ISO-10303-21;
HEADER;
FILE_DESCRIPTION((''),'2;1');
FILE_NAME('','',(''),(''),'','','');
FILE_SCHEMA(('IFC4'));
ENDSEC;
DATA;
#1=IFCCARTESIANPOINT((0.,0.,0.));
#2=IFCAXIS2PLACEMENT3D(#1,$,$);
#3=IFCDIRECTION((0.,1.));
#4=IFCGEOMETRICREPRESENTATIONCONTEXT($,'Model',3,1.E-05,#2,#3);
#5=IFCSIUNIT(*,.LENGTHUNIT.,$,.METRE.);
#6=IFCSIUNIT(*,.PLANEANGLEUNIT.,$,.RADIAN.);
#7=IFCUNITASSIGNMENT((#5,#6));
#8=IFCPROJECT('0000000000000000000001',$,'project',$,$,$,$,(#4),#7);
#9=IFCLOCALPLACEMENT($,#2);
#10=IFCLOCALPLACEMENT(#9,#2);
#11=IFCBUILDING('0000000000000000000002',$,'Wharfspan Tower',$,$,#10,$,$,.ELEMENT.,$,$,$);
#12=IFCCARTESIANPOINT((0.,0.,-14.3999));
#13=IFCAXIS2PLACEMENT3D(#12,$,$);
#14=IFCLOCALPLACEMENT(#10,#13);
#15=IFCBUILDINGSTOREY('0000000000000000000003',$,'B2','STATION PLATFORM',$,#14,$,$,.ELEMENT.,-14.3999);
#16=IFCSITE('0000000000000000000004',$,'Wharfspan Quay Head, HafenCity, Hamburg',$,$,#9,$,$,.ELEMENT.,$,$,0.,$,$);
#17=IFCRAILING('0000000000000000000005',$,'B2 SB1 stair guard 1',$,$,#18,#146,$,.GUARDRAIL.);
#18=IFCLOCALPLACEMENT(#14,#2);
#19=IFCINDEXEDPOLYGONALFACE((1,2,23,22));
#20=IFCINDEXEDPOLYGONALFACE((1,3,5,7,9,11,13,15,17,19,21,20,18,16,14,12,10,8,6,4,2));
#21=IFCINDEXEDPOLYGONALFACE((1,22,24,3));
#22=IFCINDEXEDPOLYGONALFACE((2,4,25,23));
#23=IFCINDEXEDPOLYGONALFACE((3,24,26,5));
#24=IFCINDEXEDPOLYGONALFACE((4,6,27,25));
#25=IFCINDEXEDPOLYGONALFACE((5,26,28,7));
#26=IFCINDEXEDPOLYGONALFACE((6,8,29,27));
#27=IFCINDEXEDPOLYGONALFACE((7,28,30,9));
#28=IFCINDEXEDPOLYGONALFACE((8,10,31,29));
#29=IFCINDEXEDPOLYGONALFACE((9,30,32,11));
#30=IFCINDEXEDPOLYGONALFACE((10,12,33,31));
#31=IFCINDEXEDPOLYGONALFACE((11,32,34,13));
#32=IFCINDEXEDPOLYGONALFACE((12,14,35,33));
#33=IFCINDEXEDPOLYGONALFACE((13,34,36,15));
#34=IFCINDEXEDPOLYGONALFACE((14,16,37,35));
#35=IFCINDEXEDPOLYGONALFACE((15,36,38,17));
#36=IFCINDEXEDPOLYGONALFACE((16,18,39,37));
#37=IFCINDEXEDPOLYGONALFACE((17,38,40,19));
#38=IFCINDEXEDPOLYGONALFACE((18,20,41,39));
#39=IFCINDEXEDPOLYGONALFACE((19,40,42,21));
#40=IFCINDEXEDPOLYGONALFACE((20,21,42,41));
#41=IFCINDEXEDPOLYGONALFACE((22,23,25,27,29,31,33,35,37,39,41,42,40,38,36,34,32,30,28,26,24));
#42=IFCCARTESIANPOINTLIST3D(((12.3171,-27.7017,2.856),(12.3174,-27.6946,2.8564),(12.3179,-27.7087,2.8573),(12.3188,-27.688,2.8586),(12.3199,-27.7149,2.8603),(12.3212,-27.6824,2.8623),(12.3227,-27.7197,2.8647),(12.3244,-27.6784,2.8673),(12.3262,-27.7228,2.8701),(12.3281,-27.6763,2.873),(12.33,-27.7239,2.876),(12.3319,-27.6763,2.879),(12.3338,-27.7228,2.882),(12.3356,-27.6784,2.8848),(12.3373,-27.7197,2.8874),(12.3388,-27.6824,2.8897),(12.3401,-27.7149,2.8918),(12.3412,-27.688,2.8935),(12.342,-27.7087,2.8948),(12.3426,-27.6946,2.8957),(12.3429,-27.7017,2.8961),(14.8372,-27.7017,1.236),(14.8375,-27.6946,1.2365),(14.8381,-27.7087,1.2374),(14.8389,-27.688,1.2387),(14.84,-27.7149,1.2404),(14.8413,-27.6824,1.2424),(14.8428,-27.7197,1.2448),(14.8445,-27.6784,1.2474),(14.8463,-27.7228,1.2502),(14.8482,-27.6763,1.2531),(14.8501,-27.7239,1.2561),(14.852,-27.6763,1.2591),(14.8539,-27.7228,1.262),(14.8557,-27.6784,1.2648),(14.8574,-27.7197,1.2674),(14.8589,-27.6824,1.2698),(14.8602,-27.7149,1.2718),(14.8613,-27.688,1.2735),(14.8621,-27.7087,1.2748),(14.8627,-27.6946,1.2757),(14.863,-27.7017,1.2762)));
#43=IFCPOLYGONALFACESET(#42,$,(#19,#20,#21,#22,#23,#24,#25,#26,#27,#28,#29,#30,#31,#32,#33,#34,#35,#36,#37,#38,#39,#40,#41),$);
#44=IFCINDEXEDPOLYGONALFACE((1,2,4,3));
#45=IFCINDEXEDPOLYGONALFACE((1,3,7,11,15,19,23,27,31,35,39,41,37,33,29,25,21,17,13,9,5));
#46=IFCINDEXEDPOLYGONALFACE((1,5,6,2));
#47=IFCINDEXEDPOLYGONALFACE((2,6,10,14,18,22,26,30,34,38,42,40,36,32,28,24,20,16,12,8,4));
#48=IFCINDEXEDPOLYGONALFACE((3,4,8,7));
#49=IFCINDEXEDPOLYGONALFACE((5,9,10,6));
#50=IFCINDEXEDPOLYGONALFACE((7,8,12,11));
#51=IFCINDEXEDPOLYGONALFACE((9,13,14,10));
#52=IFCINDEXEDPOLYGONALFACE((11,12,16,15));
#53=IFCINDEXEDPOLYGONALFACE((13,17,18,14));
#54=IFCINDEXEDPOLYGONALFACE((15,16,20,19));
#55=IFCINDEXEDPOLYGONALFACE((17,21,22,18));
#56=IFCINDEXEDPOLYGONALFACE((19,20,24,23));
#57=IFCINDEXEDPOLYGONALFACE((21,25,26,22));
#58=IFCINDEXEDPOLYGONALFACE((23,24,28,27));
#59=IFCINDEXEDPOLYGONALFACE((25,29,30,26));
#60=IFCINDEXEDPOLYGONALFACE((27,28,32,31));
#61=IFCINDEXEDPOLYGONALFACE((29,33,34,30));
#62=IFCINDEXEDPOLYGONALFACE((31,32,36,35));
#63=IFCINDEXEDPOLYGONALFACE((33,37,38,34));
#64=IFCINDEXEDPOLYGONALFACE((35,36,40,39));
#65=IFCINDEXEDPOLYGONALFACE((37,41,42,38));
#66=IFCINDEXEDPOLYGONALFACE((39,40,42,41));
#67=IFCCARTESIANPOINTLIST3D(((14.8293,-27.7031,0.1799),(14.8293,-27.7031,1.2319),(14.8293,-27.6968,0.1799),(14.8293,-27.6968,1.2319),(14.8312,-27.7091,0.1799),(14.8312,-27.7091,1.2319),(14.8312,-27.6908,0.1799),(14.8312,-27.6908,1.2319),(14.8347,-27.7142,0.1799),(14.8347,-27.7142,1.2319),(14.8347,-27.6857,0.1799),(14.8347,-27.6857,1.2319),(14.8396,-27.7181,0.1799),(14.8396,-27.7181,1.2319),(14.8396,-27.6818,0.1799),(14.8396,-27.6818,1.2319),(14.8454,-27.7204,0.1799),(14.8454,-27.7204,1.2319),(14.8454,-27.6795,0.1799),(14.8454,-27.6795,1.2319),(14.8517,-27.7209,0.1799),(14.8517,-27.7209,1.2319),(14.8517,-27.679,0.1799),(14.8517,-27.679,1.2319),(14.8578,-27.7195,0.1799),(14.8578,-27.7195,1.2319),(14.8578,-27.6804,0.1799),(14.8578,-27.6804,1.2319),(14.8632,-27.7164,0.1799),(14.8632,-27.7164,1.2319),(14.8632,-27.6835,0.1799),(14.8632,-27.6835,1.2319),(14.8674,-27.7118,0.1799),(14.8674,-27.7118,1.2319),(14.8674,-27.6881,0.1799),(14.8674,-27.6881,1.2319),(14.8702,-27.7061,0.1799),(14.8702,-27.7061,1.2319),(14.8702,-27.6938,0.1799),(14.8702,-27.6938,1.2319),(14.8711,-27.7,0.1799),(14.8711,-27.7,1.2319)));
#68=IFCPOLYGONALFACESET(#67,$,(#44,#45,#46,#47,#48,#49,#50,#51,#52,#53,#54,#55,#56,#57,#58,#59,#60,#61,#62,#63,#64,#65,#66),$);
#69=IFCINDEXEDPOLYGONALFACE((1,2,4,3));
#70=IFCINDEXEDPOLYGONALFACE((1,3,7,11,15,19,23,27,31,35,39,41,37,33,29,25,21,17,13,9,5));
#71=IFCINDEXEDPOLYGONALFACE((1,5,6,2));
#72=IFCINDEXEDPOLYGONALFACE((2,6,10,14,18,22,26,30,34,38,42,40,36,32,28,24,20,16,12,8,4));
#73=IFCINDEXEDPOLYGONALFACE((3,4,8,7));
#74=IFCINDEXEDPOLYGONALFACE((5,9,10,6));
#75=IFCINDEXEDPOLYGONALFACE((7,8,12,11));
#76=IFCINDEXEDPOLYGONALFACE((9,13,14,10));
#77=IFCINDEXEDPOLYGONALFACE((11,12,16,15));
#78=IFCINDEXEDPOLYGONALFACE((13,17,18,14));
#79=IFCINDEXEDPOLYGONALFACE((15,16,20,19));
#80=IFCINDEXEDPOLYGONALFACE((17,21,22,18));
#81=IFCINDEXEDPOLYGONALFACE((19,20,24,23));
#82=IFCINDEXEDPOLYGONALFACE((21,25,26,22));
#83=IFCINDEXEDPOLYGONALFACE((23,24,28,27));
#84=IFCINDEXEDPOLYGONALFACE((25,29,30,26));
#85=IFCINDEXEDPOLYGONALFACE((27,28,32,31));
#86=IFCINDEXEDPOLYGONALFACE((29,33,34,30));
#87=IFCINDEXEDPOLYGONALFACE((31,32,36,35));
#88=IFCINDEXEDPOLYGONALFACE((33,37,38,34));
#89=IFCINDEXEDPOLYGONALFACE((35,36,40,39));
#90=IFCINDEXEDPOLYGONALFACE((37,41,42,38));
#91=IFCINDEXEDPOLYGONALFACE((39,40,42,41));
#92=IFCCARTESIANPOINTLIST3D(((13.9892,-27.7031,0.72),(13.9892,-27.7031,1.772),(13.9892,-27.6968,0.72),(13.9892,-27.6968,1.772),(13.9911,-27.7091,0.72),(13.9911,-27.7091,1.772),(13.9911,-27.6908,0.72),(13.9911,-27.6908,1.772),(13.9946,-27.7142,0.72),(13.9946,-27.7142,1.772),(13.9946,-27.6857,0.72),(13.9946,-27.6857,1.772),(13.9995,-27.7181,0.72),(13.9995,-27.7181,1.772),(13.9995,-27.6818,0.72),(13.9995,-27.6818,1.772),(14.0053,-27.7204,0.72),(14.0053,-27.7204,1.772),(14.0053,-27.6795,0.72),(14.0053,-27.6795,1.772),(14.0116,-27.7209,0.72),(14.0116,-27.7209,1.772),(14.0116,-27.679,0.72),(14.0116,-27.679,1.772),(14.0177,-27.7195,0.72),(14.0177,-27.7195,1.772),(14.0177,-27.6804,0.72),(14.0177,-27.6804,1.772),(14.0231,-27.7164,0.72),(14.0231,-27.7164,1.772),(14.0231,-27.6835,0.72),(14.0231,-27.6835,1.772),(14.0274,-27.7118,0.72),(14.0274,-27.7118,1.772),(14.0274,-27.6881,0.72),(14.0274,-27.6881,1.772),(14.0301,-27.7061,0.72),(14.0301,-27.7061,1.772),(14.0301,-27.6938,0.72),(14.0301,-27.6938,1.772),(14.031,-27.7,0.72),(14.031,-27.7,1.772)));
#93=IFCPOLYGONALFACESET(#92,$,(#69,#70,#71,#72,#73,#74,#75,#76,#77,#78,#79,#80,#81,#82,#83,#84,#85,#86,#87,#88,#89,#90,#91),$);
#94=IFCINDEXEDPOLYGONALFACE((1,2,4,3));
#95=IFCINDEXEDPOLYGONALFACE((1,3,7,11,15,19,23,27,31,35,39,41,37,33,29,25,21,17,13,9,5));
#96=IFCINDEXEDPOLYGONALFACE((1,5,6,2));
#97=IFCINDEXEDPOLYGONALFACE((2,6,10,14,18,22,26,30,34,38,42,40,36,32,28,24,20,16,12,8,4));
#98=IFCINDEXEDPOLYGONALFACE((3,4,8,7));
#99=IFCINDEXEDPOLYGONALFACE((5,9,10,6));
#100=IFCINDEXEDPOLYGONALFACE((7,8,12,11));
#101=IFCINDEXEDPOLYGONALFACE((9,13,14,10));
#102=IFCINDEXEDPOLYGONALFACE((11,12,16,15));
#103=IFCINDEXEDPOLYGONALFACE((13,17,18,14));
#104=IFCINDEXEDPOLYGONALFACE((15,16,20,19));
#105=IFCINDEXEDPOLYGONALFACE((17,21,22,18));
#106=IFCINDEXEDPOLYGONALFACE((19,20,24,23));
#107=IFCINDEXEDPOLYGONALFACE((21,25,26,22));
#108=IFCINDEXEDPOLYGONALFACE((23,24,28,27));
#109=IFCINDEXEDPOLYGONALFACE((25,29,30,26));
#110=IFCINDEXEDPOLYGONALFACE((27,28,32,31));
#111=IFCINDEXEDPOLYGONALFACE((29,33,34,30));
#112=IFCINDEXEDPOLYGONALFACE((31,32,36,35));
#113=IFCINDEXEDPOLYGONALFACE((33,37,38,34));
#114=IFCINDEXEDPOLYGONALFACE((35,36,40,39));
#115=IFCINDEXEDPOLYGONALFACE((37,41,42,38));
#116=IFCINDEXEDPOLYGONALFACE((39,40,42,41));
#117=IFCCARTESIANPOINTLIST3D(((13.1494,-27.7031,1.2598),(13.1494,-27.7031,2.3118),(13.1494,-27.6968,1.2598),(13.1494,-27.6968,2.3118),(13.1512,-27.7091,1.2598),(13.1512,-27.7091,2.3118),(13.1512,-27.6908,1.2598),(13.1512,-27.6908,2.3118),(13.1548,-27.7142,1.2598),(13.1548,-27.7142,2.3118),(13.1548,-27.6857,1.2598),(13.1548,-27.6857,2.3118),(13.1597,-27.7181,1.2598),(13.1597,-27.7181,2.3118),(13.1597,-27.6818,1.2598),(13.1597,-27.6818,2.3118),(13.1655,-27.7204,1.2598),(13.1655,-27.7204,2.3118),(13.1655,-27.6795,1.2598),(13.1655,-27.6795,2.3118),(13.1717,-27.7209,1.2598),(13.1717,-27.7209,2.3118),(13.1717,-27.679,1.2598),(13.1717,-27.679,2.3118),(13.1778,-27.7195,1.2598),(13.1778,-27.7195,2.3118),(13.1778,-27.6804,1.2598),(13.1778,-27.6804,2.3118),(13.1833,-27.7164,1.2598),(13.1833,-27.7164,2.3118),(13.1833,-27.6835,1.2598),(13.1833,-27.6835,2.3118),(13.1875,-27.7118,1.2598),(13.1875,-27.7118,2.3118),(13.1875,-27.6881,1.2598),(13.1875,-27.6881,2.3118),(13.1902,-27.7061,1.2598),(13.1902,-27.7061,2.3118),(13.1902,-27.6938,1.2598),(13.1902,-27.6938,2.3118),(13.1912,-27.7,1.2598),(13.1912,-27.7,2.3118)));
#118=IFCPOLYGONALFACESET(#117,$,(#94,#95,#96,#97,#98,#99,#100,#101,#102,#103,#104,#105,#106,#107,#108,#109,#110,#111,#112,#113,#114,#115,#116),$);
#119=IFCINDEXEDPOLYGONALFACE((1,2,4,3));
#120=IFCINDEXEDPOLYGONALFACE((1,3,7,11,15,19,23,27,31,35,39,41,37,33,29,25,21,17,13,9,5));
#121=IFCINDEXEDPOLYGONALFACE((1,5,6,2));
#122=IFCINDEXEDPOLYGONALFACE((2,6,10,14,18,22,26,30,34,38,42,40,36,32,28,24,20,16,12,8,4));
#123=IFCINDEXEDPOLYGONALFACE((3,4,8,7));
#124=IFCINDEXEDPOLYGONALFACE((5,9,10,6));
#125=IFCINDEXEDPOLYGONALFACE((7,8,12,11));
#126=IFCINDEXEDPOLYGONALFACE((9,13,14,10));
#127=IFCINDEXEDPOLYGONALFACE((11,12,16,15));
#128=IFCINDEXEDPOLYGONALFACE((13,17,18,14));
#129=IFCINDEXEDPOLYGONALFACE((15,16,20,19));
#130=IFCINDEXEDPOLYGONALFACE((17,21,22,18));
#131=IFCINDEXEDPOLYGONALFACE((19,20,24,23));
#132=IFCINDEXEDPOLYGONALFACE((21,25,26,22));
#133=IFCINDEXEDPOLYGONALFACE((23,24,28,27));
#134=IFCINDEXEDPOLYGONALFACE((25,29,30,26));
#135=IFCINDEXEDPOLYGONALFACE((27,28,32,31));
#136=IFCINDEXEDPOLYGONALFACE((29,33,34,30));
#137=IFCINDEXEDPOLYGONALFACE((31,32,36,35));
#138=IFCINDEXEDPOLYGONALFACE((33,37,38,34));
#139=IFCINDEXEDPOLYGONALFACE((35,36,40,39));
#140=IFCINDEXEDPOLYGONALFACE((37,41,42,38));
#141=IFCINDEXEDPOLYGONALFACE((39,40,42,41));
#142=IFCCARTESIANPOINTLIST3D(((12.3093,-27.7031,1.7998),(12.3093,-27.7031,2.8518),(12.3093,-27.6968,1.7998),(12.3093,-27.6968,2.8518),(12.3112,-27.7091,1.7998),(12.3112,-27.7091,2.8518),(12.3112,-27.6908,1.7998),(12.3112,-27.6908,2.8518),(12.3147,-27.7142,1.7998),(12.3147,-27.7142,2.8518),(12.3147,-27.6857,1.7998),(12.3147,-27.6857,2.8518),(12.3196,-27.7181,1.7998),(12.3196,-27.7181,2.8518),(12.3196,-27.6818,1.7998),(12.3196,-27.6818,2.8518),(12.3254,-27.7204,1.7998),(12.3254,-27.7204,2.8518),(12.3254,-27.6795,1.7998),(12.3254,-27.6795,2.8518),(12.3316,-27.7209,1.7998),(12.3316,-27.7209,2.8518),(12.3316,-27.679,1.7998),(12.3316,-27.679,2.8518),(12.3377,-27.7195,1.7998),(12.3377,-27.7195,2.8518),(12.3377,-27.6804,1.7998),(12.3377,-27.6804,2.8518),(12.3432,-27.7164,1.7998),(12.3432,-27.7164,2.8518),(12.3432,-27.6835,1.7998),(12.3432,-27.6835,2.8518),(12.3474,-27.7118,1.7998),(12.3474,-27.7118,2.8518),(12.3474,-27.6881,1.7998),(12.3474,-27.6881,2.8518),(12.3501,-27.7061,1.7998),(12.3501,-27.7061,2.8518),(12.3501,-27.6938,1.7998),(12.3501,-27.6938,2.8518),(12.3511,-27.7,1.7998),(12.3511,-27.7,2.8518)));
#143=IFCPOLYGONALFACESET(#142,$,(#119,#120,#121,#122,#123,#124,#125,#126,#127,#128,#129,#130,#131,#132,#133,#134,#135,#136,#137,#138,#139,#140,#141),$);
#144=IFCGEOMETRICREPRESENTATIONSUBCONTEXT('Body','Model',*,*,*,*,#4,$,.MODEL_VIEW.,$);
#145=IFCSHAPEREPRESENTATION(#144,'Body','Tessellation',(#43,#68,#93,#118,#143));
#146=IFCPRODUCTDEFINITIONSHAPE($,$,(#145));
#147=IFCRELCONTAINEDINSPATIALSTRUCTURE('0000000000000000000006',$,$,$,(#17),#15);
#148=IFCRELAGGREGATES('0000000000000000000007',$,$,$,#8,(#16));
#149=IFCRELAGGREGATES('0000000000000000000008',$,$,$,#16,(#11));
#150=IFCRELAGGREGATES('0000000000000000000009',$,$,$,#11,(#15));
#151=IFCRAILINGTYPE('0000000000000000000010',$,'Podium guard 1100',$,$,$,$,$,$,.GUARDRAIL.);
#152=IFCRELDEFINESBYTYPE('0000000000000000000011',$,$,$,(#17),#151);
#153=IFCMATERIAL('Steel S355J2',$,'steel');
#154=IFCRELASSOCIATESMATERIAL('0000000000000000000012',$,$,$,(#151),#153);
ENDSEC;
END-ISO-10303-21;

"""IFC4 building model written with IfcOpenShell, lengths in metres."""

from ifc_helpers import new_model, si_unit, direction, frame, origin, origin_2d, place, context, subcontext, project, spatial, circle, extrude, material, type_object, element, save


model = new_model("IFC4")

# Units and contexts
model_context = context("Model", 3, precision=1e-05, world=origin(), true_north=direction((0.0, 1.0)))
body_context = subcontext(model_context, "Body", "Model", "MODEL_VIEW")
ifc_project = project(units=[si_unit("LENGTHUNIT", "METRE"), si_unit("PLANEANGLEUNIT", "RADIAN")], contexts=[model_context])

# Site, building, storey
site_placement = place(None, origin())
site = spatial("IfcSite", under=ifc_project, at=site_placement, Name="Wharfspan Quay Head, HafenCity, Hamburg", CompositionType="ELEMENT", RefElevation=0.0)
building_placement = place(site_placement, origin())
building = spatial("IfcBuilding", under=site, at=building_placement, Name="Wharfspan Tower", CompositionType="ELEMENT")
storey_placement = place(building_placement, frame((0.0, 0.0, -14.3999)))
storey = spatial("IfcBuildingStorey", under=building, at=storey_placement, Name="B2", Description="STATION PLATFORM", CompositionType="ELEMENT", Elevation=-14.3999)

# Railing
ifc_material_1 = material(Name="Steel S355J2", Category="steel")
railing_type_1 = type_object("IfcRailingType", Name="Podium guard 1100", PredefinedType="GUARDRAIL", material=ifc_material_1)
railing_1_placement = place(storey_placement, frame((14.8501, -27.7, 0.1799)))
element("IfcRailing", 1, at=railing_1_placement, inside=storey, type_object=railing_type_1, Name="B2 SB1 stair guard 1", PredefinedType="GUARDRAIL", context=body_context, shape_type="SweptSolid", body=[
    extrude(circle(Radius=0.0239, at=origin_2d()), frame((0.0, 0.0, 1.0762), z_axis=(-0.8412, 0.0, 0.540725), x_axis=(0.0, -1.0, 0.0)), (0.0, 0.0, 1.0), 2.9958),
    extrude(circle(Radius=0.021, at=origin_2d()), origin(), (0.0, 0.0, 1.0), 1.052),
    extrude(circle(Radius=0.021, at=origin_2d()), frame((-0.8401, 0.0, 0.54)), (0.0, 0.0, 1.0), 1.052),
    extrude(circle(Radius=0.021, at=origin_2d()), frame((-1.6799, 0.0, 1.0798)), (0.0, 0.0, 1.0), 1.052),
    extrude(circle(Radius=0.021, at=origin_2d()), frame((-2.52, 0.0, 1.6199)), (0.0, 0.0, 1.0), 1.052),
])

save(model, "model.ifc")
